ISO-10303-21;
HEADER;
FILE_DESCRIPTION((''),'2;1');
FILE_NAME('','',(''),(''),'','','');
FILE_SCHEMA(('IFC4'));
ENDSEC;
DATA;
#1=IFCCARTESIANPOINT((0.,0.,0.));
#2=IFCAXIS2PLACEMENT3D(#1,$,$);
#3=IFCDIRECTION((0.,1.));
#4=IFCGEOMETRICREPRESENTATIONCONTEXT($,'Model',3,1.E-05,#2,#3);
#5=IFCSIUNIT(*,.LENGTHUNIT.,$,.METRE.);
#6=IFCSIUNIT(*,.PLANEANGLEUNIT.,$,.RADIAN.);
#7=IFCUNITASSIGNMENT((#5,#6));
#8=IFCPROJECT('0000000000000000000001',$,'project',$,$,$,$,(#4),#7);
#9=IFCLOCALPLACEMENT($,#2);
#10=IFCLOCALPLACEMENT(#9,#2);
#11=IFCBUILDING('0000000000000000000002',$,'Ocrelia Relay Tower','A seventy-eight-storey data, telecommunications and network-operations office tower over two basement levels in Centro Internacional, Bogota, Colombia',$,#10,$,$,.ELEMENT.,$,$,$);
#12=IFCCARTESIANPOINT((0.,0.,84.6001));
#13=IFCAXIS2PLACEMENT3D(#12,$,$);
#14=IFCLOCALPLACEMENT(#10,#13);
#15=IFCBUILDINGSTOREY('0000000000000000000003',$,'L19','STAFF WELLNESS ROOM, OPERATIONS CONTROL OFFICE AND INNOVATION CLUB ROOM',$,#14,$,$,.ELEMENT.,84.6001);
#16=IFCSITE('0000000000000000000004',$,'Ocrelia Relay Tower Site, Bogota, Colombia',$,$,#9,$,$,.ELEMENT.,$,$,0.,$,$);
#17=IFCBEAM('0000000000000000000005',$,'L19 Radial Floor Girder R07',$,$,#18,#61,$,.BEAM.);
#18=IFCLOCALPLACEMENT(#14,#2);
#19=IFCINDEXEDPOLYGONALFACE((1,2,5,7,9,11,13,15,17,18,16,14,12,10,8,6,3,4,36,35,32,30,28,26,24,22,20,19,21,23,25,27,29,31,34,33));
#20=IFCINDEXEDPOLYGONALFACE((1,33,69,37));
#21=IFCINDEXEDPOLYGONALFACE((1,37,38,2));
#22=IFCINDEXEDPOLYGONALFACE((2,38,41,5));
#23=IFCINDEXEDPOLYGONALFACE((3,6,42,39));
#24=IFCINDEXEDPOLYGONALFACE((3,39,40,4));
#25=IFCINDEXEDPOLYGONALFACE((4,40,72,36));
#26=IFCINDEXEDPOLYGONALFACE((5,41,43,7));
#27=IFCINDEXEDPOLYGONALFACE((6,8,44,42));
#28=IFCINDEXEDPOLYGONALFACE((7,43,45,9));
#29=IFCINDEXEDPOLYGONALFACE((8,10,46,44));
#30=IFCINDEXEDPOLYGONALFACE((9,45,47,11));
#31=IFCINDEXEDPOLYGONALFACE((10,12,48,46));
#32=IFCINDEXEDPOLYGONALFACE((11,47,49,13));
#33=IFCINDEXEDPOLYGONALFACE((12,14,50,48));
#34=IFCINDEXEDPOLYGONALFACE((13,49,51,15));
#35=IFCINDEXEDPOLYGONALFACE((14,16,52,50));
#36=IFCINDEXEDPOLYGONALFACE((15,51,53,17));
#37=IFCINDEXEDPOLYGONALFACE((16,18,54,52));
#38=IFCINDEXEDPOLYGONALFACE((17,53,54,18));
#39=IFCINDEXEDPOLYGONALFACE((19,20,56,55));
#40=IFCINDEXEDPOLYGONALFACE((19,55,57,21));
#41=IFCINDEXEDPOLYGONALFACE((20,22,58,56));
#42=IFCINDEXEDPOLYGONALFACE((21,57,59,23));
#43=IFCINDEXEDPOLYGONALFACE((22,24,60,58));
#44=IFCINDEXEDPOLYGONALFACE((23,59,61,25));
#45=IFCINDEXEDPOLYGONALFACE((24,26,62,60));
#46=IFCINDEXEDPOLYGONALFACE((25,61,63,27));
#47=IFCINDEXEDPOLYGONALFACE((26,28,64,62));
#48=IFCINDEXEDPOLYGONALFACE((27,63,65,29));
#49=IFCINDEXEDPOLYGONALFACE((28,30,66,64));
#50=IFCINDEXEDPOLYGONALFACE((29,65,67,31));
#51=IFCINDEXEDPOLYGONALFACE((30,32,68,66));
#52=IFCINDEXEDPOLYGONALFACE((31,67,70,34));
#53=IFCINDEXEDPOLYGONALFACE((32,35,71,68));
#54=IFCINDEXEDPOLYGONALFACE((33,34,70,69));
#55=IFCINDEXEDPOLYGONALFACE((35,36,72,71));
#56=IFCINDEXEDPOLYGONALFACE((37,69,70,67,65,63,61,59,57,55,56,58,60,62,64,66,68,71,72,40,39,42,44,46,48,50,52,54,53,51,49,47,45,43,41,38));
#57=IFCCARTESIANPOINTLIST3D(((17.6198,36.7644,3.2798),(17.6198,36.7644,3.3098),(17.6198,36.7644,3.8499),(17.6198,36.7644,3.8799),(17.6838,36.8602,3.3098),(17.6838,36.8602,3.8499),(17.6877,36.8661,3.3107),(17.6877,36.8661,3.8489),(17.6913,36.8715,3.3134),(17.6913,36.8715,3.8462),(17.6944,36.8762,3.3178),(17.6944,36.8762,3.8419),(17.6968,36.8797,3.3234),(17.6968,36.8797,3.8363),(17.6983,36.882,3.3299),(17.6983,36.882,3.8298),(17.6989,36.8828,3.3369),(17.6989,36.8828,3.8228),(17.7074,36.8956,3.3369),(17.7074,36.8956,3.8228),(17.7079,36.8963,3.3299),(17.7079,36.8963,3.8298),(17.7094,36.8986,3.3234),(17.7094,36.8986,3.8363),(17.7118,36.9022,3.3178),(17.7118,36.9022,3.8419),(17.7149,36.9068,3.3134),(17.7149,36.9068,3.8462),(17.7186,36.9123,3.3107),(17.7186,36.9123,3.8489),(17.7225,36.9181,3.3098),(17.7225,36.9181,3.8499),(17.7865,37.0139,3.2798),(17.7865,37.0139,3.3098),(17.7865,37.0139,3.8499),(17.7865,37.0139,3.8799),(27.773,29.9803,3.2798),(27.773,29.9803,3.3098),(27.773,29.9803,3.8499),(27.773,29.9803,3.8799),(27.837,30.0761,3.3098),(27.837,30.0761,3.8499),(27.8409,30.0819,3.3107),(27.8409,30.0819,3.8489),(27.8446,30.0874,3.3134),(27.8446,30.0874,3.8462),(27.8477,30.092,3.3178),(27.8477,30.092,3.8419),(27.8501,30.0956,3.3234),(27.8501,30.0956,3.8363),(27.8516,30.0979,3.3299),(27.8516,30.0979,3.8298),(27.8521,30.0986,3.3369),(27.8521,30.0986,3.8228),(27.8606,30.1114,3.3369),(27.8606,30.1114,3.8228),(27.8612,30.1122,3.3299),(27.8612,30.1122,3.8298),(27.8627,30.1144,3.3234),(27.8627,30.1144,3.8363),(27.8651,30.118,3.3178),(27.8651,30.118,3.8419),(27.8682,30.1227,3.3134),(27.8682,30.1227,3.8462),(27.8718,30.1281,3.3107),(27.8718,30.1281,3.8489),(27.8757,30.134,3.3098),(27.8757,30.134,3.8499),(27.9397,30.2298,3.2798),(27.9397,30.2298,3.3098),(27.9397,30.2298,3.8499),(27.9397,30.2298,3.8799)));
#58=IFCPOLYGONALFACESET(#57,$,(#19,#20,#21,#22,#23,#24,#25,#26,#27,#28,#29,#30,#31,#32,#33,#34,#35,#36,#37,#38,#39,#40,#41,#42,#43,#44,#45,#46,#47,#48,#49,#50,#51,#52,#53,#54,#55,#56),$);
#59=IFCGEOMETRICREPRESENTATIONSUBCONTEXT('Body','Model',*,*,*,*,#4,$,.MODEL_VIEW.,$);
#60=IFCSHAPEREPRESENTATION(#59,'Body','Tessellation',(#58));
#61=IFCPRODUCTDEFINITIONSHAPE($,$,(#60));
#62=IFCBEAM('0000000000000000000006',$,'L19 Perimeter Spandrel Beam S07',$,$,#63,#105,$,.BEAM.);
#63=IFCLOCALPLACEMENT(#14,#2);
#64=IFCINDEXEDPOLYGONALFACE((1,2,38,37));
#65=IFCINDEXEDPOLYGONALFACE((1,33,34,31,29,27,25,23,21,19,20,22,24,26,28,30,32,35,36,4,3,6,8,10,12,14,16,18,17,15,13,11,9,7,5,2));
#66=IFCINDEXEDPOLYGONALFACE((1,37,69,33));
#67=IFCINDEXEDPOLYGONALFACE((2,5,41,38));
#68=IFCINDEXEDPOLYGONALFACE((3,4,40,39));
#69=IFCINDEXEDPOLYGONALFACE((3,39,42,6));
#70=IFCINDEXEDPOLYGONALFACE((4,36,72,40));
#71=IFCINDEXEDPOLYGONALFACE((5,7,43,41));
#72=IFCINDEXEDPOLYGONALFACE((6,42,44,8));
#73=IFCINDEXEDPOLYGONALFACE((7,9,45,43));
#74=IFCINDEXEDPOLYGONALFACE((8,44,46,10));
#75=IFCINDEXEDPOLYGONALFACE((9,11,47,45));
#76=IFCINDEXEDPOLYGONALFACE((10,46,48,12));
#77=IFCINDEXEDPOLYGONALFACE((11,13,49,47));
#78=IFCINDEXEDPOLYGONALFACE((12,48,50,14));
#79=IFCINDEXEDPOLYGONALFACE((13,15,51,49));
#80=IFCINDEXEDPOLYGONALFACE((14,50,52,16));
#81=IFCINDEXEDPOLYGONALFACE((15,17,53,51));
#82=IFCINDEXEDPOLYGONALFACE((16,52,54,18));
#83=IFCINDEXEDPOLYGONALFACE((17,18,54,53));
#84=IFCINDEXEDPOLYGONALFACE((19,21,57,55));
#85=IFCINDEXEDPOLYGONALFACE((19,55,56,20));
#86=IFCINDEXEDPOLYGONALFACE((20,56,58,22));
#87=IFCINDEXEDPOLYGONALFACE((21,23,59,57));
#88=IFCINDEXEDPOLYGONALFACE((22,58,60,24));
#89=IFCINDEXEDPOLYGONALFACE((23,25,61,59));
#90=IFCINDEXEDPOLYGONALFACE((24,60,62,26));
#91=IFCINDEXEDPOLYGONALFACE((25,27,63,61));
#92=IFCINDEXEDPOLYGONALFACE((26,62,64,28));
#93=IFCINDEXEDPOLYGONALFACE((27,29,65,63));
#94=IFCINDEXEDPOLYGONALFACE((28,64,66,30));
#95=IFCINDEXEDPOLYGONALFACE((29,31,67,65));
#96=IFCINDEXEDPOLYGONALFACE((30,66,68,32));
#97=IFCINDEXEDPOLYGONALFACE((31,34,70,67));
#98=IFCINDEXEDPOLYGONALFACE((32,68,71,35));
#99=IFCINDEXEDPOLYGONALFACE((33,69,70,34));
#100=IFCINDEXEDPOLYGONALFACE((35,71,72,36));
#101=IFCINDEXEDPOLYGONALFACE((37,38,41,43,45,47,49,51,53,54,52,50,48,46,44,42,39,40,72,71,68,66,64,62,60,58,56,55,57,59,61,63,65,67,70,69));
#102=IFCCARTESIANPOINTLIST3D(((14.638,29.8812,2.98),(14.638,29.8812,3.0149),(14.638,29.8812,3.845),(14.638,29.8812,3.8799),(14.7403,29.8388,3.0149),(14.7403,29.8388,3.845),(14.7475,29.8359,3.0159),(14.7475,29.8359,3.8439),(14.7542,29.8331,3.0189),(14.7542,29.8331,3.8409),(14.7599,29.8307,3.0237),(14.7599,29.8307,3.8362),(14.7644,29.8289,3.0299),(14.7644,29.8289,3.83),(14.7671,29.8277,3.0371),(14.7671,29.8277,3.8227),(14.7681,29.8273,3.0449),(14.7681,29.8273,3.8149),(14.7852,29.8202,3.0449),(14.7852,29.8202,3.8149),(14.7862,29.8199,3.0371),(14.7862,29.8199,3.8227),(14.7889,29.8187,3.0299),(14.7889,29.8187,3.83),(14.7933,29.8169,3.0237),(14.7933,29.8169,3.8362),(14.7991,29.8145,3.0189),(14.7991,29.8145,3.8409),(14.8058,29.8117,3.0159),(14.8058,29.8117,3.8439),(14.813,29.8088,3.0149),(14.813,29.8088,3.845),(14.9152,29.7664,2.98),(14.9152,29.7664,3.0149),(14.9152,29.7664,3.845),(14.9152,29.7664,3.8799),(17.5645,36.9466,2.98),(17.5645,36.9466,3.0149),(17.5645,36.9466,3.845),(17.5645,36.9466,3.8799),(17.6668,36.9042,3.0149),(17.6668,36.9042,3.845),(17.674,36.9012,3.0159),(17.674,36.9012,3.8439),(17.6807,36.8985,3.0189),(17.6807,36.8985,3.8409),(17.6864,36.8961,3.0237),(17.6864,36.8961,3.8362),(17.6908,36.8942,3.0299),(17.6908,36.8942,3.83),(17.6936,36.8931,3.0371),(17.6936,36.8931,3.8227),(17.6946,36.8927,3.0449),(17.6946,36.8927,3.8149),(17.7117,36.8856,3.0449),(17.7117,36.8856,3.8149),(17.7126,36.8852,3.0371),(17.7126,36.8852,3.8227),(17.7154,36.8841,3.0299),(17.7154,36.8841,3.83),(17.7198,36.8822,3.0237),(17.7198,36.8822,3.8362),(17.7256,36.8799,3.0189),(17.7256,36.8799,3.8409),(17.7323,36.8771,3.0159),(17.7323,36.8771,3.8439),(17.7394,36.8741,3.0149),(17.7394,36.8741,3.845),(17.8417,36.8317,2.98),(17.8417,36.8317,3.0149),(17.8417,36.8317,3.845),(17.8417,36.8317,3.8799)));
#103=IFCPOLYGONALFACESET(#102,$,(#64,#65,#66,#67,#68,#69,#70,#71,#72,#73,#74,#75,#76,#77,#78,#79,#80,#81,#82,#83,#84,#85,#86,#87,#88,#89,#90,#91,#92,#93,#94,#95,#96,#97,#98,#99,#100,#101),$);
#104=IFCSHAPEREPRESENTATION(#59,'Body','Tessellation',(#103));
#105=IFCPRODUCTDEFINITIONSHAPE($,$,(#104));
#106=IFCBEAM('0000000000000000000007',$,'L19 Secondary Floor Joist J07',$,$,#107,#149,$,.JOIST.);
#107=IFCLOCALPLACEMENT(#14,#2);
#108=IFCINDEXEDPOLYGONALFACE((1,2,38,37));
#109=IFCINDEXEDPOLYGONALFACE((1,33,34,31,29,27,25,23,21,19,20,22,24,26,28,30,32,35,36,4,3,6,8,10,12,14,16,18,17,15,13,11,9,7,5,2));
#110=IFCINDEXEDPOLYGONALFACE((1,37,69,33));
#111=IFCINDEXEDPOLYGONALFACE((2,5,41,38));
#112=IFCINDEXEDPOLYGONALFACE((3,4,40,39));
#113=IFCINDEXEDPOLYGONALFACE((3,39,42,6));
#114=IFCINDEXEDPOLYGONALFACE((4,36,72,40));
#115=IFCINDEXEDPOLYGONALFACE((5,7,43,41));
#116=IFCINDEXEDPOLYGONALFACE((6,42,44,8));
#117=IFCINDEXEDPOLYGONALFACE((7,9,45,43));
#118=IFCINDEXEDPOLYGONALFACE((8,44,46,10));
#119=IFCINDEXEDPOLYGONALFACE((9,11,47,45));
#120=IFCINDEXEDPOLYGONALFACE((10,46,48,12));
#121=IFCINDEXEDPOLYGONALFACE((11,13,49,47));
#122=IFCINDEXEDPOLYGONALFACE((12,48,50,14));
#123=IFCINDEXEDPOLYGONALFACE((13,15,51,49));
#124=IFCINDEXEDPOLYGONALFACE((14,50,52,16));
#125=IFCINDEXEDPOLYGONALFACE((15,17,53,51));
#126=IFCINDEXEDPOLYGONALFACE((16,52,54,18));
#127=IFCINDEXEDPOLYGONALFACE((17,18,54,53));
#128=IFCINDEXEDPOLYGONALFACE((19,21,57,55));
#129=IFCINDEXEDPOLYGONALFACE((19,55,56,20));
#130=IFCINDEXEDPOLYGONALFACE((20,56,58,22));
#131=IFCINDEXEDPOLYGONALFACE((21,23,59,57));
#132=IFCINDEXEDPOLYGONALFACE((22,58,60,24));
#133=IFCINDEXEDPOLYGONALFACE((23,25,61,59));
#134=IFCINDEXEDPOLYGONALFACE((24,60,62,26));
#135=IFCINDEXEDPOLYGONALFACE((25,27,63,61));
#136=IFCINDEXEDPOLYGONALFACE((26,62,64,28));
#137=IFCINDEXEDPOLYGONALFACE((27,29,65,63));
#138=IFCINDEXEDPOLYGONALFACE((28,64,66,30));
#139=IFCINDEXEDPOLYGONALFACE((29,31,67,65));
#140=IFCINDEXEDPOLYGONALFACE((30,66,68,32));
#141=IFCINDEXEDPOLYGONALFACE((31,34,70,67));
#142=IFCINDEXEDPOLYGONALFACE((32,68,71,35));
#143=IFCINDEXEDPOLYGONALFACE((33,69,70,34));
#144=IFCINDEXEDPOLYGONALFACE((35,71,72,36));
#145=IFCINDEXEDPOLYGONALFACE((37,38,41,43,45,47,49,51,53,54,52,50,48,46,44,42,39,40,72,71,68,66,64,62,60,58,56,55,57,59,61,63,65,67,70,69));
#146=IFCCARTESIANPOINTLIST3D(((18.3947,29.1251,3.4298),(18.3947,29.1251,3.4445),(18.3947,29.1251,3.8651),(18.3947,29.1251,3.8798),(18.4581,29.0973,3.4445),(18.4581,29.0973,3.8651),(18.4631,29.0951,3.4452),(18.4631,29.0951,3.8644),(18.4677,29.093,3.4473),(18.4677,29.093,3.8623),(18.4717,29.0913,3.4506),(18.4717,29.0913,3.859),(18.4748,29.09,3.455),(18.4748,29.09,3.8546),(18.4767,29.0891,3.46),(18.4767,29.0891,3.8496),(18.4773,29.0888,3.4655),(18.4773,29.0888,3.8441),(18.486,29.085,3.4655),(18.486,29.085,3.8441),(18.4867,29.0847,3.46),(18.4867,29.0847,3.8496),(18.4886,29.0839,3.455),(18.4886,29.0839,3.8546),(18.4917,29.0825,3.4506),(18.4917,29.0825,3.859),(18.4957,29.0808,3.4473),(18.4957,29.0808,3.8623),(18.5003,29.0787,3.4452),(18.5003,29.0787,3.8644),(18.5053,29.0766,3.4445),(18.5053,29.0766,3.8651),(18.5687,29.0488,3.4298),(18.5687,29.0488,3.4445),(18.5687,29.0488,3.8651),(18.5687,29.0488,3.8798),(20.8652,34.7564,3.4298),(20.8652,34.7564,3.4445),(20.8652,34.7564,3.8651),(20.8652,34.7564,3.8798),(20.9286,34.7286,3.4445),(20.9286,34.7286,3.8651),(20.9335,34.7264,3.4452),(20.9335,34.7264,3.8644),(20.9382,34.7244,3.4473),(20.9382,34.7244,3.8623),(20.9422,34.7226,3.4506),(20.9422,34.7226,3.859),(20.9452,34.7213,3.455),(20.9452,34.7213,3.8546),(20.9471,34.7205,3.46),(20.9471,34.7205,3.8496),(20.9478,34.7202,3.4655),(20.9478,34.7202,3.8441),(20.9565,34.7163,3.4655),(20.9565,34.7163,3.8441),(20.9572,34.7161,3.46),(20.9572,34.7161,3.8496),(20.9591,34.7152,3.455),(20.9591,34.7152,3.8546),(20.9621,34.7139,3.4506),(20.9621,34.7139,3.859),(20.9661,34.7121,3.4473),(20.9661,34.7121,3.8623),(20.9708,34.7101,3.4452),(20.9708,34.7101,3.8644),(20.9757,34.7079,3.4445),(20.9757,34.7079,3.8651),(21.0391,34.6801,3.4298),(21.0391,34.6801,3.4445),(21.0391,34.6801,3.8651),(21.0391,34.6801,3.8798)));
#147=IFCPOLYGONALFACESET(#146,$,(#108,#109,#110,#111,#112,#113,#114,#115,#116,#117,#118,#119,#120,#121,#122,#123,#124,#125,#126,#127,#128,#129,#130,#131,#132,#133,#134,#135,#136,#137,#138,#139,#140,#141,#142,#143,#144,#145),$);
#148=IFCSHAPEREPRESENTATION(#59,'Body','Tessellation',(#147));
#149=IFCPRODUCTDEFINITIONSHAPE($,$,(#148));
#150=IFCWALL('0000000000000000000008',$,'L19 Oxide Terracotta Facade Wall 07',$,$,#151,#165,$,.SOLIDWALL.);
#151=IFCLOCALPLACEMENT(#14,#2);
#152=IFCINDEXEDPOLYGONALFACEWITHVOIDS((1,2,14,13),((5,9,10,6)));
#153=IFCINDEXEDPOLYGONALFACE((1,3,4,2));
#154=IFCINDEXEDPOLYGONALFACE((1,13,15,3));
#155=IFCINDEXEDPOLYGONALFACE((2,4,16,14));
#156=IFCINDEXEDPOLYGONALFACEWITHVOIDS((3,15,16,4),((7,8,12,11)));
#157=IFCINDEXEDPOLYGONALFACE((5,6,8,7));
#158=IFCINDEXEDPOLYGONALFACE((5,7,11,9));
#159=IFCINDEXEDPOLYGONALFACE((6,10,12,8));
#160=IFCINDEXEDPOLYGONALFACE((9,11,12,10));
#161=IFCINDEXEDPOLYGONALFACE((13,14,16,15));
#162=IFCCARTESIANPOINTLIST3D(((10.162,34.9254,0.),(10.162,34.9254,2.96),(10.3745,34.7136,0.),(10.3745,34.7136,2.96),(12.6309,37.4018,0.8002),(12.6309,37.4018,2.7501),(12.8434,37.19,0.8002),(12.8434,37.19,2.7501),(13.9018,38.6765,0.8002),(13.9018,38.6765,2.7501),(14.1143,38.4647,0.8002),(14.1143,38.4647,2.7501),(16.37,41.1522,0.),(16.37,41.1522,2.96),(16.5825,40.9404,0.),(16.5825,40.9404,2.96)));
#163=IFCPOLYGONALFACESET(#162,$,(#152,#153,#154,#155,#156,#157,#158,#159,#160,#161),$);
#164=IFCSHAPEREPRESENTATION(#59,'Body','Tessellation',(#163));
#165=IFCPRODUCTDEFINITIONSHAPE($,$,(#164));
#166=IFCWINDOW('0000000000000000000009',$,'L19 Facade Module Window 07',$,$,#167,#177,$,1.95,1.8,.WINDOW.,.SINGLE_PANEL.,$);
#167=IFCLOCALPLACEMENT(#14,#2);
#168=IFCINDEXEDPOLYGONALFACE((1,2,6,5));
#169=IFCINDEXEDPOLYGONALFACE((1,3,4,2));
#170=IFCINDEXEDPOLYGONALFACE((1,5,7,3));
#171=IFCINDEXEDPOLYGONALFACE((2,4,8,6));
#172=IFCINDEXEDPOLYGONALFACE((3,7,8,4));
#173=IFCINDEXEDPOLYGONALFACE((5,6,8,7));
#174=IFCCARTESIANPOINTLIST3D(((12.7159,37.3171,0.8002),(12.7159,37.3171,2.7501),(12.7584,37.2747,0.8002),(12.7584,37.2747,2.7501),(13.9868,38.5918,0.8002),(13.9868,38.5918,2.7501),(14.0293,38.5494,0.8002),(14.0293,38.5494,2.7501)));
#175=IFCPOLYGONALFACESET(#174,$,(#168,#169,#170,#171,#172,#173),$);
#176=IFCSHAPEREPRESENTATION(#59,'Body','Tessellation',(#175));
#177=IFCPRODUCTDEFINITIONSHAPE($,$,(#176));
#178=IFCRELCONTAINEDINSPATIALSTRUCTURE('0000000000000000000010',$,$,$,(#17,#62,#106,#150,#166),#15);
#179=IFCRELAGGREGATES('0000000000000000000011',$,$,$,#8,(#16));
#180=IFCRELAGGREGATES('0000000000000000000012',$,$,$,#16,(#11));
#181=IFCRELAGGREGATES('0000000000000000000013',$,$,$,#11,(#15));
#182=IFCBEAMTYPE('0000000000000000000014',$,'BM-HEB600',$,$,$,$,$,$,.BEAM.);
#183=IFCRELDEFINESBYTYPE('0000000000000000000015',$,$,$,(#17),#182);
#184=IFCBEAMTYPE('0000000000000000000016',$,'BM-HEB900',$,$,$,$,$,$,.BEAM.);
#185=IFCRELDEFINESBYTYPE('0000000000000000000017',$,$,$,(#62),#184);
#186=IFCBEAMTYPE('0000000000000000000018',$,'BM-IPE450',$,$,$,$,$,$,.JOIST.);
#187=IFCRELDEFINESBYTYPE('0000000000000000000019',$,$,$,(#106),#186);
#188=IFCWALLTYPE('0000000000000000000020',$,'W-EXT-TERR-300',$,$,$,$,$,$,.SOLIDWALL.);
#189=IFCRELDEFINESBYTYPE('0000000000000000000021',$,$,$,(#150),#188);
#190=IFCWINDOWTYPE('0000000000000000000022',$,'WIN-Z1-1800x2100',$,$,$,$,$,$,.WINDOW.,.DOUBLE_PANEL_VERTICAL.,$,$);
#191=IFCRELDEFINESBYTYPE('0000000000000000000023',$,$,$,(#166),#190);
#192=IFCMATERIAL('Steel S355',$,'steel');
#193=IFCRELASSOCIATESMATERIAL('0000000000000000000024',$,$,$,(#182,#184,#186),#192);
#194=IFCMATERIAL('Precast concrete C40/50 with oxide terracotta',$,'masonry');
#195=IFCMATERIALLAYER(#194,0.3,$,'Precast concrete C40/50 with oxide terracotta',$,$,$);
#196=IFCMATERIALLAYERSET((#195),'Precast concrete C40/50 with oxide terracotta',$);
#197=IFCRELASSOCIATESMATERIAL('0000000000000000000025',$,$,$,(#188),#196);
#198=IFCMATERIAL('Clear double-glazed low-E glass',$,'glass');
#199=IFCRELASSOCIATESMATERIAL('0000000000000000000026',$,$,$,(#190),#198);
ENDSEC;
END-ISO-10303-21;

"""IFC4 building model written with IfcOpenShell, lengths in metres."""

from ifc_helpers import new_model, si_unit, direction, frame, frame_2d, origin, origin_2d, place, context, subcontext, project, spatial, rectangle, i_section, extrude, material, layer, layer_set, material_profile, profile_set, type_object, element, fill, save


model = new_model("IFC4")

# Units and contexts
model_context = context("Model", 3, precision=1e-05, world=origin(), true_north=direction((0.0, 1.0)))
body_context = subcontext(model_context, "Body", "Model", "MODEL_VIEW")
ifc_project = project(units=[si_unit("LENGTHUNIT", "METRE"), si_unit("PLANEANGLEUNIT", "RADIAN")], contexts=[model_context])

# Site, building, storey
site_placement = place(None, origin())
site = spatial("IfcSite", under=ifc_project, at=site_placement, Name="Ocrelia Relay Tower Site, Bogota, Colombia", CompositionType="ELEMENT", RefElevation=0.0)
building_placement = place(site_placement, origin())
building = spatial("IfcBuilding", under=site, at=building_placement, Name="Ocrelia Relay Tower", Description="A seventy-eight-storey data, telecommunications and network-operations office tower over two basement levels in Centro Internacional, Bogota, Colombia", CompositionType="ELEMENT")
storey_placement = place(building_placement, frame((0.0, 0.0, 84.6001)))
storey = spatial("IfcBuildingStorey", under=building, at=storey_placement, Name="L19", Description="STAFF WELLNESS ROOM, OPERATIONS CONTROL OFFICE AND INNOVATION CLUB ROOM", CompositionType="ELEMENT", Elevation=84.6001)

# Beams
ifc_material_1 = material(Name="Steel S355", Category="steel")
ifc_material_profile_1 = material_profile(ifc_material_1, i_section(OverallWidth=0.3, OverallDepth=0.6001, WebThickness=0.0154, FlangeThickness=0.03, FilletRadius=0.0271, at=origin_2d()), Name="HEB 600")
ifc_profile_set_1 = profile_set([ifc_material_profile_1], Name="Steel S355")
beam_type_1 = type_object("IfcBeamType", Name="BM-HEB600", PredefinedType="BEAM", material=ifc_profile_set_1)
beam_1_placement = place(storey_placement, frame((17.7031, 36.8892, 3.5798), z_axis=(0.831472, -0.555567, 0.0), x_axis=(0.555567, 0.831472, 0.0)))
element("IfcBeam", 1, at=beam_1_placement, inside=storey, type_object=beam_type_1, Name="L19 Radial Floor Girder R07", PredefinedType="BEAM", context=body_context, shape_type="SweptSolid", body=[
    extrude(i_section(OverallWidth=0.3, OverallDepth=0.6001, WebThickness=0.0154, FlangeThickness=0.03, FilletRadius=0.0271, at=origin_2d()), origin(), (0.0, 0.0, 1.0), 12.2112),
])
ifc_material_profile_2 = material_profile(ifc_material_1, i_section(OverallWidth=0.3, OverallDepth=0.8999, WebThickness=0.0186, FlangeThickness=0.0349, FilletRadius=0.03, at=origin_2d()), Name="HEB 900")
ifc_profile_set_2 = profile_set([ifc_material_profile_2], Name="Steel S355")
beam_type_2 = type_object("IfcBeamType", Name="BM-HEB900", PredefinedType="BEAM", material=ifc_profile_set_2)
beam_2_placement = place(storey_placement, frame((17.7031, 36.8892, 3.4299), z_axis=(-0.382674, -0.923883, 0.0), x_axis=(0.923883, -0.382674, 0.0)))
element("IfcBeam", 2, at=beam_2_placement, inside=storey, type_object=beam_type_2, Name="L19 Perimeter Spandrel Beam S07", PredefinedType="BEAM", context=body_context, shape_type="SweptSolid", body=[
    extrude(i_section(OverallWidth=0.3, OverallDepth=0.8999, WebThickness=0.0186, FlangeThickness=0.0349, FilletRadius=0.03, at=origin_2d()), origin(), (0.0, 0.0, 1.0), 7.6475),
])
ifc_material_profile_3 = material_profile(ifc_material_1, i_section(OverallWidth=0.1899, OverallDepth=0.45, WebThickness=0.0095, FlangeThickness=0.0146, FilletRadius=0.021, at=origin_2d()), Name="IPE 450")
ifc_profile_set_3 = profile_set([ifc_material_profile_3], Name="Steel S355")
beam_type_3 = type_object("IfcBeamType", Name="BM-IPE450", PredefinedType="JOIST", material=ifc_profile_set_3)
beam_3_placement = place(storey_placement, frame((20.9521, 34.7183, 3.6548), z_axis=(-0.401739, -0.915754, 0.0), x_axis=(0.915754, -0.401739, 0.0)))
element("IfcBeam", 3, at=beam_3_placement, inside=storey, type_object=beam_type_3, Name="L19 Secondary Floor Joist J07", PredefinedType="JOIST", context=body_context, shape_type="SweptSolid", body=[
    extrude(i_section(OverallWidth=0.1899, OverallDepth=0.45, WebThickness=0.0095, FlangeThickness=0.0146, FilletRadius=0.021, at=origin_2d()), origin(), (0.0, 0.0, 1.0), 6.1494),
])

# Wall, opening, window
ifc_material_2 = material(Name="Precast concrete C40/50 with oxide terracotta", Category="masonry")
ifc_layer_1 = layer(ifc_material_2, 0.3, Name="Precast concrete C40/50 with oxide terracotta")
ifc_layer_set_1 = layer_set([ifc_layer_1], Name="Precast concrete C40/50 with oxide terracotta")
wall_type_1 = type_object("IfcWallType", Name="W-EXT-TERR-300", PredefinedType="SOLIDWALL", material=ifc_layer_set_1)
wall_1_placement = place(storey_placement, frame((16.4763, 41.0464, 0.0), z_axis=(0.0, 0.0, 1.0), x_axis=(-0.706037, -0.708175, 0.0)))
wall_1 = element("IfcWall", 4, at=wall_1_placement, inside=storey, type_object=wall_type_1, Name="L19 Oxide Terracotta Facade Wall 07", PredefinedType="SOLIDWALL", context=body_context, shape_type="SweptSolid", body=[
    extrude(rectangle(XDim=8.7927, YDim=0.3, at=frame_2d((4.3965, 0.0))), origin(), (0.0, 0.0, 1.0), 2.96),
])
opening_1_placement = place(wall_1_placement, frame((3.4961, 0.0, 0.8)))
opening_1 = element("IfcOpeningElement", 5, at=opening_1_placement, cuts=wall_1, PredefinedType="OPENING", context=body_context, shape_type="SweptSolid", body=[
    extrude(rectangle(XDim=1.8, YDim=1.95, at=frame_2d((0.8999, 0.9751))), frame((0.0, 0.1602, 0.0), z_axis=(0.0, -1.0, 0.0), x_axis=(1.0, 0.0, 0.0)), (0.0, 0.0, 1.0), 0.3201),
])
ifc_material_3 = material(Name="Clear double-glazed low-E glass", Category="glass")
window_type = type_object("IfcWindowType", Name="WIN-Z1-1800x2100", PartitioningType="DOUBLE_PANEL_VERTICAL", PredefinedType="WINDOW", material=ifc_material_3)
window_1_placement = place(opening_1_placement, origin())
window_1 = element("IfcWindow", 6, at=window_1_placement, inside=storey, type_object=window_type, Name="L19 Facade Module Window 07", OverallHeight=1.95, OverallWidth=1.8, PartitioningType="SINGLE_PANEL", PredefinedType="WINDOW", context=body_context, shape_type="SweptSolid", body=[
    extrude(rectangle(XDim=1.8, YDim=1.95, at=frame_2d((0.8999, 0.9751))), frame((0.0, 0.03, 0.0), z_axis=(0.0, -1.0, 0.0), x_axis=(1.0, 0.0, 0.0)), (0.0, 0.0, 1.0), 0.0601),
])
fill(opening_1, window_1)

save(model, "model.ifc")
